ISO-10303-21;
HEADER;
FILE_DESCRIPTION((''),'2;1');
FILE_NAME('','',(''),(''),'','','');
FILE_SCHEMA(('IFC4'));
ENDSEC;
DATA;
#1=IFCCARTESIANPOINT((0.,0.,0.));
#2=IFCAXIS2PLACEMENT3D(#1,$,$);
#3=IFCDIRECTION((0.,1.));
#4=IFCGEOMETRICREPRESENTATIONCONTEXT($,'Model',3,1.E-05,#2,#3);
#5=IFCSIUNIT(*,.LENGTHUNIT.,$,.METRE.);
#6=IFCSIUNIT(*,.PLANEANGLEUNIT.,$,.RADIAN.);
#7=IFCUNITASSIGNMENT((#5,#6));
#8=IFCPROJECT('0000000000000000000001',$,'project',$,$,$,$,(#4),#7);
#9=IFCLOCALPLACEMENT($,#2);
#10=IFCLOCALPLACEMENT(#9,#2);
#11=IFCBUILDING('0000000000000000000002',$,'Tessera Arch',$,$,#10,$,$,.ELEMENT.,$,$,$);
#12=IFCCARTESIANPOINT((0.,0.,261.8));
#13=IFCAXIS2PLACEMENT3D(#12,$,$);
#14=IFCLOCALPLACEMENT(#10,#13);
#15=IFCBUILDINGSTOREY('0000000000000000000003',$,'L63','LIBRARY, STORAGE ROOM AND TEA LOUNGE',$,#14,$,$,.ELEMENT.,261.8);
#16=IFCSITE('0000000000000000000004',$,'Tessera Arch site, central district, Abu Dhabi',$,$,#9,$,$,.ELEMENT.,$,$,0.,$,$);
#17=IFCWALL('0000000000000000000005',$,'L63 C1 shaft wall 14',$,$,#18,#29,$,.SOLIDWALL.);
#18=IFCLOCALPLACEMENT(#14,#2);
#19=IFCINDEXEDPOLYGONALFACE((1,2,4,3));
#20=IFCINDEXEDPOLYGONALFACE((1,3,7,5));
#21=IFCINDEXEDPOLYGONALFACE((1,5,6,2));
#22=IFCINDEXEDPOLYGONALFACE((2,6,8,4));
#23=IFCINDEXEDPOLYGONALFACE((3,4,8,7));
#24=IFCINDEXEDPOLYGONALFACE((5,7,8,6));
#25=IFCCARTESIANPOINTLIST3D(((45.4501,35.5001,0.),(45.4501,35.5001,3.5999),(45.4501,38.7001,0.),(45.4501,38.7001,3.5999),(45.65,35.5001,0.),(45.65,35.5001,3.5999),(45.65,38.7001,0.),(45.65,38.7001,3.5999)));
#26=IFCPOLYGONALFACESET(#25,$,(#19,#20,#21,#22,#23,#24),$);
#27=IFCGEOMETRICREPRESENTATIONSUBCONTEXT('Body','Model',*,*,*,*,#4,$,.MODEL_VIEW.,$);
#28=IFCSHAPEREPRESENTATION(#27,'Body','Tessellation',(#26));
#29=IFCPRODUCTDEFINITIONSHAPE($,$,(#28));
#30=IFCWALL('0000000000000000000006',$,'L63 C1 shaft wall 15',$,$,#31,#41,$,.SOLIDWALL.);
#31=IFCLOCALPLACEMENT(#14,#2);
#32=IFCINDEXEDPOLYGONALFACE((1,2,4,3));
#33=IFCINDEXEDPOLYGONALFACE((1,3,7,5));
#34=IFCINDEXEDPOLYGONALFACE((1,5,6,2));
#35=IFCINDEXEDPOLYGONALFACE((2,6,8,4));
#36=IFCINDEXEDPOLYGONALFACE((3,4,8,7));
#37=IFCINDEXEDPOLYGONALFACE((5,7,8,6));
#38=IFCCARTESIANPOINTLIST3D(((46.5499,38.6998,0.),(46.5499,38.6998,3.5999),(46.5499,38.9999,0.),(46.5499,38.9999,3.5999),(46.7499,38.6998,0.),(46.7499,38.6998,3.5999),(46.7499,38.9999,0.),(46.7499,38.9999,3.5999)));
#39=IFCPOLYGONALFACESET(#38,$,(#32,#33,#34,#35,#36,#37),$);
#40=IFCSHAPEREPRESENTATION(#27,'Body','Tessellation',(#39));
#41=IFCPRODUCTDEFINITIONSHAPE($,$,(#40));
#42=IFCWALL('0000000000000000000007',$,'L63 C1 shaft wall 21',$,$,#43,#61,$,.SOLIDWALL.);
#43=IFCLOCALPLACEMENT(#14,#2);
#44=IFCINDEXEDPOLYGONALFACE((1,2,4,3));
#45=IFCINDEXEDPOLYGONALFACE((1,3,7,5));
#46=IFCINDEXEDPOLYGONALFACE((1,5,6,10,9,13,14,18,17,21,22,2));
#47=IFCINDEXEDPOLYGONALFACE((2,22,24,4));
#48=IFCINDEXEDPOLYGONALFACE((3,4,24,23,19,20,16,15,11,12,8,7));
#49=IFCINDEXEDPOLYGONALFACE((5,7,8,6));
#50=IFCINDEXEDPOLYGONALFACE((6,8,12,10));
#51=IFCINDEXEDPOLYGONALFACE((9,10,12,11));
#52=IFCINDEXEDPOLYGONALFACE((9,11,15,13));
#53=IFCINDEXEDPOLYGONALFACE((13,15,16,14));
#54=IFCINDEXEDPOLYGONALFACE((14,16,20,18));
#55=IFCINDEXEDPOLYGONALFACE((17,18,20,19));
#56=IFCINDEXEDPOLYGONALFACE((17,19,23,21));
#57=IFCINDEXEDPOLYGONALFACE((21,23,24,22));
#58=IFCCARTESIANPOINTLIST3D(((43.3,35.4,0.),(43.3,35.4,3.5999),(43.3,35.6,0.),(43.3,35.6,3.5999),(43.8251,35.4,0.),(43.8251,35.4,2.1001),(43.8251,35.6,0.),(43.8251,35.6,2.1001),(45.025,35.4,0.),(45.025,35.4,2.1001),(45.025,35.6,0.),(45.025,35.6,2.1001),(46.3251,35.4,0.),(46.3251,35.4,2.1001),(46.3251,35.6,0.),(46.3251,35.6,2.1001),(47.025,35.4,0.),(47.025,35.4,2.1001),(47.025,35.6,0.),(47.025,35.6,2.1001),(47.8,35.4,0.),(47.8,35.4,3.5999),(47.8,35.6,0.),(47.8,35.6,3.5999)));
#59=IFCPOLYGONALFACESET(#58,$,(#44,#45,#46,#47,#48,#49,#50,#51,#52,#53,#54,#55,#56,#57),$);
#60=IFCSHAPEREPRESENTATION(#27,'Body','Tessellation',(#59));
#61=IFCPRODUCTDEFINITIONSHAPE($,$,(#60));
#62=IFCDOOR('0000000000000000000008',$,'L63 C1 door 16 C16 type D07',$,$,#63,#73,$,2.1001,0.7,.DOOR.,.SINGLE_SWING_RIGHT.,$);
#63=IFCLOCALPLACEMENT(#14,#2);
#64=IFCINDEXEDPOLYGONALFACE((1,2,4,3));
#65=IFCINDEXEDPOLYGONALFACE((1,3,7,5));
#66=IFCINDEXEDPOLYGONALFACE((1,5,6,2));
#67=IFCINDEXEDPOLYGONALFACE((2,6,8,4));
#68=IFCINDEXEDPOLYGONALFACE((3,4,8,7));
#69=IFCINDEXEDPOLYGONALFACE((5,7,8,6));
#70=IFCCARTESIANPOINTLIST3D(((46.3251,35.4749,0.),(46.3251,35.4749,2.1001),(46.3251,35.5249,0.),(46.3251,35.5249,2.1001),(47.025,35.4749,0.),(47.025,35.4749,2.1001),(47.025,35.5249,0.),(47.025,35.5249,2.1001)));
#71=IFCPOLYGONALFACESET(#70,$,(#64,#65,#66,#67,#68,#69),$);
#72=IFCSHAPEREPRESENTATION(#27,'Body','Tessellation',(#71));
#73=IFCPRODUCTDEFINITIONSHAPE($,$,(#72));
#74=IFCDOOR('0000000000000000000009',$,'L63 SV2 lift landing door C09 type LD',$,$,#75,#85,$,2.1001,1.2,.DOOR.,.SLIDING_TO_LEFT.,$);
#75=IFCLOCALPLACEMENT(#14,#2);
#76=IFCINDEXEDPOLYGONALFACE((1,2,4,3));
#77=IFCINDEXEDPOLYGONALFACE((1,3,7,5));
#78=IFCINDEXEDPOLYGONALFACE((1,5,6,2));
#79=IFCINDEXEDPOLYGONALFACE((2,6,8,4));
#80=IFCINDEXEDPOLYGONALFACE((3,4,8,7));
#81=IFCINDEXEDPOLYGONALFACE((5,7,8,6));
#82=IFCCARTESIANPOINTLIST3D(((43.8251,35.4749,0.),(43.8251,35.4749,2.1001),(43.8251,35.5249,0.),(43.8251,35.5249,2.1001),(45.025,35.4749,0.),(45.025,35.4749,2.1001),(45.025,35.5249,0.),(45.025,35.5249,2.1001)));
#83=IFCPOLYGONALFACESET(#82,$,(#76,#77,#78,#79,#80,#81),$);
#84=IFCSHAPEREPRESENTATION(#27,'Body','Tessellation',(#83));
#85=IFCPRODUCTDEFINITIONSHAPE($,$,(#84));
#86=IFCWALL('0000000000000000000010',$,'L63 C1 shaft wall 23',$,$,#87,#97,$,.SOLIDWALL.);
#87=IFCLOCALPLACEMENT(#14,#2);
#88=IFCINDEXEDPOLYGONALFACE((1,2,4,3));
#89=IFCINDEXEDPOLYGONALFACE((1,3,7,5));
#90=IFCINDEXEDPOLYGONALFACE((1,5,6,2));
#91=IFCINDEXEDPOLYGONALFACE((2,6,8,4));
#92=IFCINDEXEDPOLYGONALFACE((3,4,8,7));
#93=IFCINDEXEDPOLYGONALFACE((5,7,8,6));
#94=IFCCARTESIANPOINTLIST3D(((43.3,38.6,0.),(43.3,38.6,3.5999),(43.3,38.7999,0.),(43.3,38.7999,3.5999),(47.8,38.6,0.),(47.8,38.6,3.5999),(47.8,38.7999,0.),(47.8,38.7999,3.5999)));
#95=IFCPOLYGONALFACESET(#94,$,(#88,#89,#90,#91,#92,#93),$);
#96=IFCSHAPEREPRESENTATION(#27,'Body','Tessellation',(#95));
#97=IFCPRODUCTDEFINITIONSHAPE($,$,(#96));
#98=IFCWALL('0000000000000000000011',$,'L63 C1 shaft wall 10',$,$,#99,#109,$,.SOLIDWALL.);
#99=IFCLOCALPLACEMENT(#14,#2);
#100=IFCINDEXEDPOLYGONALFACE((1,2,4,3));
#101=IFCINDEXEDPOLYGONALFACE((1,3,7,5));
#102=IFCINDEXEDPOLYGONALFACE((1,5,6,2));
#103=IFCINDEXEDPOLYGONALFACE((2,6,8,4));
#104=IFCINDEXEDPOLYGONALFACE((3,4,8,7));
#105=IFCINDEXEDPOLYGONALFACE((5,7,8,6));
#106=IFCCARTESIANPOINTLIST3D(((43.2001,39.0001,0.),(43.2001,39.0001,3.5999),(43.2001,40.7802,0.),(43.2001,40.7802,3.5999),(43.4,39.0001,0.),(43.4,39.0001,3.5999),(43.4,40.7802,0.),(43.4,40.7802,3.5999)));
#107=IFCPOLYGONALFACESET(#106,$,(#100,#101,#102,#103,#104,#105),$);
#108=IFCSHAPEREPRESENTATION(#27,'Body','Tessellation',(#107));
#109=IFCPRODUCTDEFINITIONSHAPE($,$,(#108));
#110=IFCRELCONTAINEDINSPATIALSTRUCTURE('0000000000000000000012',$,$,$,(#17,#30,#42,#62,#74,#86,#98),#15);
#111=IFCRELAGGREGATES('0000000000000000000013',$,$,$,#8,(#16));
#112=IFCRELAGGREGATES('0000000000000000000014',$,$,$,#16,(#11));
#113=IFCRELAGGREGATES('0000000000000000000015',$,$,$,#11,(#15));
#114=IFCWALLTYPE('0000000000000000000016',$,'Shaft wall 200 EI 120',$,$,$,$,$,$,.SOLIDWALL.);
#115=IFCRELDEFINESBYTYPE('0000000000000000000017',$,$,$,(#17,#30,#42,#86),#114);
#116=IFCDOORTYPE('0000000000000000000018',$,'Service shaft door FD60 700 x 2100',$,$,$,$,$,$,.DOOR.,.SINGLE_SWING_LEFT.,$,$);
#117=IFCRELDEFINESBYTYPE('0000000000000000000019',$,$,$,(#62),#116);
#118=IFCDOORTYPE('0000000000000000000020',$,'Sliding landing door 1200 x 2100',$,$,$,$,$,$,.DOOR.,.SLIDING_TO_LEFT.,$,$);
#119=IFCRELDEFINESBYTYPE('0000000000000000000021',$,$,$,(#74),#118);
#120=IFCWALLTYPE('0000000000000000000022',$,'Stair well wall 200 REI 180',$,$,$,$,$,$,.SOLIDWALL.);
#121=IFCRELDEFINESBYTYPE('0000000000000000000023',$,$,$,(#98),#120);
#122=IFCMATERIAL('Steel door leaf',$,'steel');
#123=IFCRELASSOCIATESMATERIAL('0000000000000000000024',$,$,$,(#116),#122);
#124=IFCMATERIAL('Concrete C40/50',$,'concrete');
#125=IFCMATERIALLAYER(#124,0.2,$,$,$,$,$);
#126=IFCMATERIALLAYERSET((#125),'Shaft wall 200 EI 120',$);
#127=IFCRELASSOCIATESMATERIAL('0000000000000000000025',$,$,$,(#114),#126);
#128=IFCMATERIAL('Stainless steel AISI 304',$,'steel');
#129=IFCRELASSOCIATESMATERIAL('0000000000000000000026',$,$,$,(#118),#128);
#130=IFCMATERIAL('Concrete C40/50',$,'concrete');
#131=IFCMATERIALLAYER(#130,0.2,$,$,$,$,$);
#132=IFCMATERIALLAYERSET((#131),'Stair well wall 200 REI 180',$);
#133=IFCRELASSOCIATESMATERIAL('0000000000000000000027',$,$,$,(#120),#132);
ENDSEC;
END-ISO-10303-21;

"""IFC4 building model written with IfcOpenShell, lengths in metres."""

from ifc_helpers import new_model, si_unit, direction, frame, frame_2d, origin, place, context, subcontext, project, spatial, rectangle, extrude, material, layer, layer_set, type_object, element, fill, save


model = new_model("IFC4")

# Units and contexts
model_context = context("Model", 3, precision=1e-05, world=origin(), true_north=direction((0.0, 1.0)))
body_context = subcontext(model_context, "Body", "Model", "MODEL_VIEW")
ifc_project = project(units=[si_unit("LENGTHUNIT", "METRE"), si_unit("PLANEANGLEUNIT", "RADIAN")], contexts=[model_context])

# Site, building, storey
site_placement = place(None, origin())
site = spatial("IfcSite", under=ifc_project, at=site_placement, Name="Tessera Arch site, central district, Abu Dhabi", CompositionType="ELEMENT", RefElevation=0.0)
building_placement = place(site_placement, origin())
building = spatial("IfcBuilding", under=site, at=building_placement, Name="Tessera Arch", CompositionType="ELEMENT")
storey_placement = place(building_placement, frame((0.0, 0.0, 261.8)))
storey = spatial("IfcBuildingStorey", under=building, at=storey_placement, Name="L63", Description="LIBRARY, STORAGE ROOM AND TEA LOUNGE", CompositionType="ELEMENT", Elevation=261.8)

# Shared definitions
ifc_material_1 = material(Name="Steel door leaf", Category="steel")
door_type_1 = type_object("IfcDoorType", Name="Service shaft door FD60 700 x 2100", OperationType="SINGLE_SWING_LEFT", PredefinedType="DOOR", material=ifc_material_1)

# Walls
ifc_material_2 = material(Name="Concrete C40/50", Category="concrete")
ifc_layer_1 = layer(ifc_material_2, 0.2)
ifc_layer_set_1 = layer_set([ifc_layer_1], Name="Shaft wall 200 EI 120")
wall_type_1 = type_object("IfcWallType", Name="Shaft wall 200 EI 120", PredefinedType="SOLIDWALL", material=ifc_layer_set_1)
for number, where, z_axis, x_axis, name in (
    (1, (45.55, 35.5, 0.0), (0.0, 0.0, 1.0), (0.0, 1.0, 0.0), "L63 C1 shaft wall 14"),
):
    element("IfcWall", number, at=place(storey_placement, frame(where, z_axis=z_axis, x_axis=x_axis)), inside=storey, type_object=wall_type_1, Name=name, PredefinedType="SOLIDWALL", context=body_context, shape_type="SweptSolid", body=[
        extrude(rectangle(XDim=3.2, YDim=0.2, at=frame_2d((1.6001, 0.0))), origin(), (0.0, 0.0, 1.0), 3.5999),
    ])
wall_1_placement = place(storey_placement, frame((46.6499, 38.7, 0.0), z_axis=(0.0, 0.0, 1.0), x_axis=(0.0, 1.0, 0.0)))
element("IfcWall", 2, at=wall_1_placement, inside=storey, type_object=wall_type_1, Name="L63 C1 shaft wall 15", PredefinedType="SOLIDWALL", context=body_context, shape_type="SweptSolid", body=[
    extrude(rectangle(XDim=0.3, YDim=0.2, at=frame_2d((0.1499, 0.0))), origin(), (0.0, 0.0, 1.0), 3.5999),
])

# Wall, openings, doors
wall_2_placement = place(storey_placement, frame((43.3, 35.5, 0.0), z_axis=(0.0, 0.0, 1.0), x_axis=(1.0, 0.0, 0.0)))
wall_2 = element("IfcWall", 3, at=wall_2_placement, inside=storey, type_object=wall_type_1, Name="L63 C1 shaft wall 21", PredefinedType="SOLIDWALL", context=body_context, shape_type="SweptSolid", body=[
    extrude(rectangle(XDim=4.5, YDim=0.2, at=frame_2d((2.25, 0.0))), origin(), (0.0, 0.0, 1.0), 3.5999),
])
opening_1_placement = place(wall_2_placement, frame((0.5249, 0.0, 0.0)))
opening_1 = element("IfcOpeningElement", 4, at=opening_1_placement, cuts=wall_2, PredefinedType="OPENING", context=body_context, shape_type="SweptSolid", body=[
    extrude(rectangle(XDim=1.2, YDim=2.1001, at=frame_2d((0.6001, 1.05))), frame((0.0, 0.1099, 0.0), z_axis=(0.0, -1.0, 0.0), x_axis=(1.0, 0.0, 0.0)), (0.0, 0.0, 1.0), 0.22),
])
opening_2_placement = place(wall_2_placement, frame((3.0249, 0.0, 0.0)))
opening_2 = element("IfcOpeningElement", 5, at=opening_2_placement, cuts=wall_2, PredefinedType="OPENING", context=body_context, shape_type="SweptSolid", body=[
    extrude(rectangle(XDim=0.7, YDim=2.1001, at=frame_2d((0.3501, 1.05))), frame((0.0, 0.1099, 0.0), z_axis=(0.0, -1.0, 0.0), x_axis=(1.0, 0.0, 0.0)), (0.0, 0.0, 1.0), 0.22),
])
door_1_placement = place(opening_2_placement, origin())
door_1 = element("IfcDoor", 6, at=door_1_placement, inside=storey, type_object=door_type_1, Name="L63 C1 door 16 C16 type D07", OperationType="SINGLE_SWING_RIGHT", OverallHeight=2.1001, OverallWidth=0.7, PredefinedType="DOOR", context=body_context, shape_type="SweptSolid", body=[
    extrude(rectangle(XDim=0.7, YDim=2.1001, at=frame_2d((0.3501, 1.05))), frame((0.0, 0.0249, 0.0), z_axis=(0.0, -1.0, 0.0), x_axis=(1.0, 0.0, 0.0)), (0.0, 0.0, 1.0), 0.05),
])
fill(opening_2, door_1)
ifc_material_3 = material(Name="Stainless steel AISI 304", Category="steel")
door_type_2 = type_object("IfcDoorType", Name="Sliding landing door 1200 x 2100", OperationType="SLIDING_TO_LEFT", PredefinedType="DOOR", material=ifc_material_3)
door_2_placement = place(opening_1_placement, origin())
door_2 = element("IfcDoor", 7, at=door_2_placement, inside=storey, type_object=door_type_2, Name="L63 SV2 lift landing door C09 type LD", OperationType="SLIDING_TO_LEFT", OverallHeight=2.1001, OverallWidth=1.2, PredefinedType="DOOR", context=body_context, shape_type="SweptSolid", body=[
    extrude(rectangle(XDim=1.2, YDim=2.1001, at=frame_2d((0.6001, 1.05))), frame((0.0, 0.0249, 0.0), z_axis=(0.0, -1.0, 0.0), x_axis=(1.0, 0.0, 0.0)), (0.0, 0.0, 1.0), 0.05),
])
fill(opening_1, door_2)

# Walls
wall_3_placement = place(storey_placement, frame((43.3, 38.7, 0.0), z_axis=(0.0, 0.0, 1.0), x_axis=(1.0, 0.0, 0.0)))
element("IfcWall", 8, at=wall_3_placement, inside=storey, type_object=wall_type_1, Name="L63 C1 shaft wall 23", PredefinedType="SOLIDWALL", context=body_context, shape_type="SweptSolid", body=[
    extrude(rectangle(XDim=4.5, YDim=0.2, at=frame_2d((2.25, 0.0))), origin(), (0.0, 0.0, 1.0), 3.5999),
])
ifc_material_4 = material(Name="Concrete C40/50", Category="concrete")
ifc_layer_2 = layer(ifc_material_4, 0.2)
ifc_layer_set_2 = layer_set([ifc_layer_2], Name="Stair well wall 200 REI 180")
wall_type_2 = type_object("IfcWallType", Name="Stair well wall 200 REI 180", PredefinedType="SOLIDWALL", material=ifc_layer_set_2)
wall_4_placement = place(storey_placement, frame((43.3, 39.0, 0.0), z_axis=(0.0, 0.0, 1.0), x_axis=(0.0, 1.0, 0.0)))
element("IfcWall", 9, at=wall_4_placement, inside=storey, type_object=wall_type_2, Name="L63 C1 shaft wall 10", PredefinedType="SOLIDWALL", context=body_context, shape_type="SweptSolid", body=[
    extrude(rectangle(XDim=1.78, YDim=0.2, at=frame_2d((0.8901, 0.0))), origin(), (0.0, 0.0, 1.0), 3.5999),
])

save(model, "model.ifc")
